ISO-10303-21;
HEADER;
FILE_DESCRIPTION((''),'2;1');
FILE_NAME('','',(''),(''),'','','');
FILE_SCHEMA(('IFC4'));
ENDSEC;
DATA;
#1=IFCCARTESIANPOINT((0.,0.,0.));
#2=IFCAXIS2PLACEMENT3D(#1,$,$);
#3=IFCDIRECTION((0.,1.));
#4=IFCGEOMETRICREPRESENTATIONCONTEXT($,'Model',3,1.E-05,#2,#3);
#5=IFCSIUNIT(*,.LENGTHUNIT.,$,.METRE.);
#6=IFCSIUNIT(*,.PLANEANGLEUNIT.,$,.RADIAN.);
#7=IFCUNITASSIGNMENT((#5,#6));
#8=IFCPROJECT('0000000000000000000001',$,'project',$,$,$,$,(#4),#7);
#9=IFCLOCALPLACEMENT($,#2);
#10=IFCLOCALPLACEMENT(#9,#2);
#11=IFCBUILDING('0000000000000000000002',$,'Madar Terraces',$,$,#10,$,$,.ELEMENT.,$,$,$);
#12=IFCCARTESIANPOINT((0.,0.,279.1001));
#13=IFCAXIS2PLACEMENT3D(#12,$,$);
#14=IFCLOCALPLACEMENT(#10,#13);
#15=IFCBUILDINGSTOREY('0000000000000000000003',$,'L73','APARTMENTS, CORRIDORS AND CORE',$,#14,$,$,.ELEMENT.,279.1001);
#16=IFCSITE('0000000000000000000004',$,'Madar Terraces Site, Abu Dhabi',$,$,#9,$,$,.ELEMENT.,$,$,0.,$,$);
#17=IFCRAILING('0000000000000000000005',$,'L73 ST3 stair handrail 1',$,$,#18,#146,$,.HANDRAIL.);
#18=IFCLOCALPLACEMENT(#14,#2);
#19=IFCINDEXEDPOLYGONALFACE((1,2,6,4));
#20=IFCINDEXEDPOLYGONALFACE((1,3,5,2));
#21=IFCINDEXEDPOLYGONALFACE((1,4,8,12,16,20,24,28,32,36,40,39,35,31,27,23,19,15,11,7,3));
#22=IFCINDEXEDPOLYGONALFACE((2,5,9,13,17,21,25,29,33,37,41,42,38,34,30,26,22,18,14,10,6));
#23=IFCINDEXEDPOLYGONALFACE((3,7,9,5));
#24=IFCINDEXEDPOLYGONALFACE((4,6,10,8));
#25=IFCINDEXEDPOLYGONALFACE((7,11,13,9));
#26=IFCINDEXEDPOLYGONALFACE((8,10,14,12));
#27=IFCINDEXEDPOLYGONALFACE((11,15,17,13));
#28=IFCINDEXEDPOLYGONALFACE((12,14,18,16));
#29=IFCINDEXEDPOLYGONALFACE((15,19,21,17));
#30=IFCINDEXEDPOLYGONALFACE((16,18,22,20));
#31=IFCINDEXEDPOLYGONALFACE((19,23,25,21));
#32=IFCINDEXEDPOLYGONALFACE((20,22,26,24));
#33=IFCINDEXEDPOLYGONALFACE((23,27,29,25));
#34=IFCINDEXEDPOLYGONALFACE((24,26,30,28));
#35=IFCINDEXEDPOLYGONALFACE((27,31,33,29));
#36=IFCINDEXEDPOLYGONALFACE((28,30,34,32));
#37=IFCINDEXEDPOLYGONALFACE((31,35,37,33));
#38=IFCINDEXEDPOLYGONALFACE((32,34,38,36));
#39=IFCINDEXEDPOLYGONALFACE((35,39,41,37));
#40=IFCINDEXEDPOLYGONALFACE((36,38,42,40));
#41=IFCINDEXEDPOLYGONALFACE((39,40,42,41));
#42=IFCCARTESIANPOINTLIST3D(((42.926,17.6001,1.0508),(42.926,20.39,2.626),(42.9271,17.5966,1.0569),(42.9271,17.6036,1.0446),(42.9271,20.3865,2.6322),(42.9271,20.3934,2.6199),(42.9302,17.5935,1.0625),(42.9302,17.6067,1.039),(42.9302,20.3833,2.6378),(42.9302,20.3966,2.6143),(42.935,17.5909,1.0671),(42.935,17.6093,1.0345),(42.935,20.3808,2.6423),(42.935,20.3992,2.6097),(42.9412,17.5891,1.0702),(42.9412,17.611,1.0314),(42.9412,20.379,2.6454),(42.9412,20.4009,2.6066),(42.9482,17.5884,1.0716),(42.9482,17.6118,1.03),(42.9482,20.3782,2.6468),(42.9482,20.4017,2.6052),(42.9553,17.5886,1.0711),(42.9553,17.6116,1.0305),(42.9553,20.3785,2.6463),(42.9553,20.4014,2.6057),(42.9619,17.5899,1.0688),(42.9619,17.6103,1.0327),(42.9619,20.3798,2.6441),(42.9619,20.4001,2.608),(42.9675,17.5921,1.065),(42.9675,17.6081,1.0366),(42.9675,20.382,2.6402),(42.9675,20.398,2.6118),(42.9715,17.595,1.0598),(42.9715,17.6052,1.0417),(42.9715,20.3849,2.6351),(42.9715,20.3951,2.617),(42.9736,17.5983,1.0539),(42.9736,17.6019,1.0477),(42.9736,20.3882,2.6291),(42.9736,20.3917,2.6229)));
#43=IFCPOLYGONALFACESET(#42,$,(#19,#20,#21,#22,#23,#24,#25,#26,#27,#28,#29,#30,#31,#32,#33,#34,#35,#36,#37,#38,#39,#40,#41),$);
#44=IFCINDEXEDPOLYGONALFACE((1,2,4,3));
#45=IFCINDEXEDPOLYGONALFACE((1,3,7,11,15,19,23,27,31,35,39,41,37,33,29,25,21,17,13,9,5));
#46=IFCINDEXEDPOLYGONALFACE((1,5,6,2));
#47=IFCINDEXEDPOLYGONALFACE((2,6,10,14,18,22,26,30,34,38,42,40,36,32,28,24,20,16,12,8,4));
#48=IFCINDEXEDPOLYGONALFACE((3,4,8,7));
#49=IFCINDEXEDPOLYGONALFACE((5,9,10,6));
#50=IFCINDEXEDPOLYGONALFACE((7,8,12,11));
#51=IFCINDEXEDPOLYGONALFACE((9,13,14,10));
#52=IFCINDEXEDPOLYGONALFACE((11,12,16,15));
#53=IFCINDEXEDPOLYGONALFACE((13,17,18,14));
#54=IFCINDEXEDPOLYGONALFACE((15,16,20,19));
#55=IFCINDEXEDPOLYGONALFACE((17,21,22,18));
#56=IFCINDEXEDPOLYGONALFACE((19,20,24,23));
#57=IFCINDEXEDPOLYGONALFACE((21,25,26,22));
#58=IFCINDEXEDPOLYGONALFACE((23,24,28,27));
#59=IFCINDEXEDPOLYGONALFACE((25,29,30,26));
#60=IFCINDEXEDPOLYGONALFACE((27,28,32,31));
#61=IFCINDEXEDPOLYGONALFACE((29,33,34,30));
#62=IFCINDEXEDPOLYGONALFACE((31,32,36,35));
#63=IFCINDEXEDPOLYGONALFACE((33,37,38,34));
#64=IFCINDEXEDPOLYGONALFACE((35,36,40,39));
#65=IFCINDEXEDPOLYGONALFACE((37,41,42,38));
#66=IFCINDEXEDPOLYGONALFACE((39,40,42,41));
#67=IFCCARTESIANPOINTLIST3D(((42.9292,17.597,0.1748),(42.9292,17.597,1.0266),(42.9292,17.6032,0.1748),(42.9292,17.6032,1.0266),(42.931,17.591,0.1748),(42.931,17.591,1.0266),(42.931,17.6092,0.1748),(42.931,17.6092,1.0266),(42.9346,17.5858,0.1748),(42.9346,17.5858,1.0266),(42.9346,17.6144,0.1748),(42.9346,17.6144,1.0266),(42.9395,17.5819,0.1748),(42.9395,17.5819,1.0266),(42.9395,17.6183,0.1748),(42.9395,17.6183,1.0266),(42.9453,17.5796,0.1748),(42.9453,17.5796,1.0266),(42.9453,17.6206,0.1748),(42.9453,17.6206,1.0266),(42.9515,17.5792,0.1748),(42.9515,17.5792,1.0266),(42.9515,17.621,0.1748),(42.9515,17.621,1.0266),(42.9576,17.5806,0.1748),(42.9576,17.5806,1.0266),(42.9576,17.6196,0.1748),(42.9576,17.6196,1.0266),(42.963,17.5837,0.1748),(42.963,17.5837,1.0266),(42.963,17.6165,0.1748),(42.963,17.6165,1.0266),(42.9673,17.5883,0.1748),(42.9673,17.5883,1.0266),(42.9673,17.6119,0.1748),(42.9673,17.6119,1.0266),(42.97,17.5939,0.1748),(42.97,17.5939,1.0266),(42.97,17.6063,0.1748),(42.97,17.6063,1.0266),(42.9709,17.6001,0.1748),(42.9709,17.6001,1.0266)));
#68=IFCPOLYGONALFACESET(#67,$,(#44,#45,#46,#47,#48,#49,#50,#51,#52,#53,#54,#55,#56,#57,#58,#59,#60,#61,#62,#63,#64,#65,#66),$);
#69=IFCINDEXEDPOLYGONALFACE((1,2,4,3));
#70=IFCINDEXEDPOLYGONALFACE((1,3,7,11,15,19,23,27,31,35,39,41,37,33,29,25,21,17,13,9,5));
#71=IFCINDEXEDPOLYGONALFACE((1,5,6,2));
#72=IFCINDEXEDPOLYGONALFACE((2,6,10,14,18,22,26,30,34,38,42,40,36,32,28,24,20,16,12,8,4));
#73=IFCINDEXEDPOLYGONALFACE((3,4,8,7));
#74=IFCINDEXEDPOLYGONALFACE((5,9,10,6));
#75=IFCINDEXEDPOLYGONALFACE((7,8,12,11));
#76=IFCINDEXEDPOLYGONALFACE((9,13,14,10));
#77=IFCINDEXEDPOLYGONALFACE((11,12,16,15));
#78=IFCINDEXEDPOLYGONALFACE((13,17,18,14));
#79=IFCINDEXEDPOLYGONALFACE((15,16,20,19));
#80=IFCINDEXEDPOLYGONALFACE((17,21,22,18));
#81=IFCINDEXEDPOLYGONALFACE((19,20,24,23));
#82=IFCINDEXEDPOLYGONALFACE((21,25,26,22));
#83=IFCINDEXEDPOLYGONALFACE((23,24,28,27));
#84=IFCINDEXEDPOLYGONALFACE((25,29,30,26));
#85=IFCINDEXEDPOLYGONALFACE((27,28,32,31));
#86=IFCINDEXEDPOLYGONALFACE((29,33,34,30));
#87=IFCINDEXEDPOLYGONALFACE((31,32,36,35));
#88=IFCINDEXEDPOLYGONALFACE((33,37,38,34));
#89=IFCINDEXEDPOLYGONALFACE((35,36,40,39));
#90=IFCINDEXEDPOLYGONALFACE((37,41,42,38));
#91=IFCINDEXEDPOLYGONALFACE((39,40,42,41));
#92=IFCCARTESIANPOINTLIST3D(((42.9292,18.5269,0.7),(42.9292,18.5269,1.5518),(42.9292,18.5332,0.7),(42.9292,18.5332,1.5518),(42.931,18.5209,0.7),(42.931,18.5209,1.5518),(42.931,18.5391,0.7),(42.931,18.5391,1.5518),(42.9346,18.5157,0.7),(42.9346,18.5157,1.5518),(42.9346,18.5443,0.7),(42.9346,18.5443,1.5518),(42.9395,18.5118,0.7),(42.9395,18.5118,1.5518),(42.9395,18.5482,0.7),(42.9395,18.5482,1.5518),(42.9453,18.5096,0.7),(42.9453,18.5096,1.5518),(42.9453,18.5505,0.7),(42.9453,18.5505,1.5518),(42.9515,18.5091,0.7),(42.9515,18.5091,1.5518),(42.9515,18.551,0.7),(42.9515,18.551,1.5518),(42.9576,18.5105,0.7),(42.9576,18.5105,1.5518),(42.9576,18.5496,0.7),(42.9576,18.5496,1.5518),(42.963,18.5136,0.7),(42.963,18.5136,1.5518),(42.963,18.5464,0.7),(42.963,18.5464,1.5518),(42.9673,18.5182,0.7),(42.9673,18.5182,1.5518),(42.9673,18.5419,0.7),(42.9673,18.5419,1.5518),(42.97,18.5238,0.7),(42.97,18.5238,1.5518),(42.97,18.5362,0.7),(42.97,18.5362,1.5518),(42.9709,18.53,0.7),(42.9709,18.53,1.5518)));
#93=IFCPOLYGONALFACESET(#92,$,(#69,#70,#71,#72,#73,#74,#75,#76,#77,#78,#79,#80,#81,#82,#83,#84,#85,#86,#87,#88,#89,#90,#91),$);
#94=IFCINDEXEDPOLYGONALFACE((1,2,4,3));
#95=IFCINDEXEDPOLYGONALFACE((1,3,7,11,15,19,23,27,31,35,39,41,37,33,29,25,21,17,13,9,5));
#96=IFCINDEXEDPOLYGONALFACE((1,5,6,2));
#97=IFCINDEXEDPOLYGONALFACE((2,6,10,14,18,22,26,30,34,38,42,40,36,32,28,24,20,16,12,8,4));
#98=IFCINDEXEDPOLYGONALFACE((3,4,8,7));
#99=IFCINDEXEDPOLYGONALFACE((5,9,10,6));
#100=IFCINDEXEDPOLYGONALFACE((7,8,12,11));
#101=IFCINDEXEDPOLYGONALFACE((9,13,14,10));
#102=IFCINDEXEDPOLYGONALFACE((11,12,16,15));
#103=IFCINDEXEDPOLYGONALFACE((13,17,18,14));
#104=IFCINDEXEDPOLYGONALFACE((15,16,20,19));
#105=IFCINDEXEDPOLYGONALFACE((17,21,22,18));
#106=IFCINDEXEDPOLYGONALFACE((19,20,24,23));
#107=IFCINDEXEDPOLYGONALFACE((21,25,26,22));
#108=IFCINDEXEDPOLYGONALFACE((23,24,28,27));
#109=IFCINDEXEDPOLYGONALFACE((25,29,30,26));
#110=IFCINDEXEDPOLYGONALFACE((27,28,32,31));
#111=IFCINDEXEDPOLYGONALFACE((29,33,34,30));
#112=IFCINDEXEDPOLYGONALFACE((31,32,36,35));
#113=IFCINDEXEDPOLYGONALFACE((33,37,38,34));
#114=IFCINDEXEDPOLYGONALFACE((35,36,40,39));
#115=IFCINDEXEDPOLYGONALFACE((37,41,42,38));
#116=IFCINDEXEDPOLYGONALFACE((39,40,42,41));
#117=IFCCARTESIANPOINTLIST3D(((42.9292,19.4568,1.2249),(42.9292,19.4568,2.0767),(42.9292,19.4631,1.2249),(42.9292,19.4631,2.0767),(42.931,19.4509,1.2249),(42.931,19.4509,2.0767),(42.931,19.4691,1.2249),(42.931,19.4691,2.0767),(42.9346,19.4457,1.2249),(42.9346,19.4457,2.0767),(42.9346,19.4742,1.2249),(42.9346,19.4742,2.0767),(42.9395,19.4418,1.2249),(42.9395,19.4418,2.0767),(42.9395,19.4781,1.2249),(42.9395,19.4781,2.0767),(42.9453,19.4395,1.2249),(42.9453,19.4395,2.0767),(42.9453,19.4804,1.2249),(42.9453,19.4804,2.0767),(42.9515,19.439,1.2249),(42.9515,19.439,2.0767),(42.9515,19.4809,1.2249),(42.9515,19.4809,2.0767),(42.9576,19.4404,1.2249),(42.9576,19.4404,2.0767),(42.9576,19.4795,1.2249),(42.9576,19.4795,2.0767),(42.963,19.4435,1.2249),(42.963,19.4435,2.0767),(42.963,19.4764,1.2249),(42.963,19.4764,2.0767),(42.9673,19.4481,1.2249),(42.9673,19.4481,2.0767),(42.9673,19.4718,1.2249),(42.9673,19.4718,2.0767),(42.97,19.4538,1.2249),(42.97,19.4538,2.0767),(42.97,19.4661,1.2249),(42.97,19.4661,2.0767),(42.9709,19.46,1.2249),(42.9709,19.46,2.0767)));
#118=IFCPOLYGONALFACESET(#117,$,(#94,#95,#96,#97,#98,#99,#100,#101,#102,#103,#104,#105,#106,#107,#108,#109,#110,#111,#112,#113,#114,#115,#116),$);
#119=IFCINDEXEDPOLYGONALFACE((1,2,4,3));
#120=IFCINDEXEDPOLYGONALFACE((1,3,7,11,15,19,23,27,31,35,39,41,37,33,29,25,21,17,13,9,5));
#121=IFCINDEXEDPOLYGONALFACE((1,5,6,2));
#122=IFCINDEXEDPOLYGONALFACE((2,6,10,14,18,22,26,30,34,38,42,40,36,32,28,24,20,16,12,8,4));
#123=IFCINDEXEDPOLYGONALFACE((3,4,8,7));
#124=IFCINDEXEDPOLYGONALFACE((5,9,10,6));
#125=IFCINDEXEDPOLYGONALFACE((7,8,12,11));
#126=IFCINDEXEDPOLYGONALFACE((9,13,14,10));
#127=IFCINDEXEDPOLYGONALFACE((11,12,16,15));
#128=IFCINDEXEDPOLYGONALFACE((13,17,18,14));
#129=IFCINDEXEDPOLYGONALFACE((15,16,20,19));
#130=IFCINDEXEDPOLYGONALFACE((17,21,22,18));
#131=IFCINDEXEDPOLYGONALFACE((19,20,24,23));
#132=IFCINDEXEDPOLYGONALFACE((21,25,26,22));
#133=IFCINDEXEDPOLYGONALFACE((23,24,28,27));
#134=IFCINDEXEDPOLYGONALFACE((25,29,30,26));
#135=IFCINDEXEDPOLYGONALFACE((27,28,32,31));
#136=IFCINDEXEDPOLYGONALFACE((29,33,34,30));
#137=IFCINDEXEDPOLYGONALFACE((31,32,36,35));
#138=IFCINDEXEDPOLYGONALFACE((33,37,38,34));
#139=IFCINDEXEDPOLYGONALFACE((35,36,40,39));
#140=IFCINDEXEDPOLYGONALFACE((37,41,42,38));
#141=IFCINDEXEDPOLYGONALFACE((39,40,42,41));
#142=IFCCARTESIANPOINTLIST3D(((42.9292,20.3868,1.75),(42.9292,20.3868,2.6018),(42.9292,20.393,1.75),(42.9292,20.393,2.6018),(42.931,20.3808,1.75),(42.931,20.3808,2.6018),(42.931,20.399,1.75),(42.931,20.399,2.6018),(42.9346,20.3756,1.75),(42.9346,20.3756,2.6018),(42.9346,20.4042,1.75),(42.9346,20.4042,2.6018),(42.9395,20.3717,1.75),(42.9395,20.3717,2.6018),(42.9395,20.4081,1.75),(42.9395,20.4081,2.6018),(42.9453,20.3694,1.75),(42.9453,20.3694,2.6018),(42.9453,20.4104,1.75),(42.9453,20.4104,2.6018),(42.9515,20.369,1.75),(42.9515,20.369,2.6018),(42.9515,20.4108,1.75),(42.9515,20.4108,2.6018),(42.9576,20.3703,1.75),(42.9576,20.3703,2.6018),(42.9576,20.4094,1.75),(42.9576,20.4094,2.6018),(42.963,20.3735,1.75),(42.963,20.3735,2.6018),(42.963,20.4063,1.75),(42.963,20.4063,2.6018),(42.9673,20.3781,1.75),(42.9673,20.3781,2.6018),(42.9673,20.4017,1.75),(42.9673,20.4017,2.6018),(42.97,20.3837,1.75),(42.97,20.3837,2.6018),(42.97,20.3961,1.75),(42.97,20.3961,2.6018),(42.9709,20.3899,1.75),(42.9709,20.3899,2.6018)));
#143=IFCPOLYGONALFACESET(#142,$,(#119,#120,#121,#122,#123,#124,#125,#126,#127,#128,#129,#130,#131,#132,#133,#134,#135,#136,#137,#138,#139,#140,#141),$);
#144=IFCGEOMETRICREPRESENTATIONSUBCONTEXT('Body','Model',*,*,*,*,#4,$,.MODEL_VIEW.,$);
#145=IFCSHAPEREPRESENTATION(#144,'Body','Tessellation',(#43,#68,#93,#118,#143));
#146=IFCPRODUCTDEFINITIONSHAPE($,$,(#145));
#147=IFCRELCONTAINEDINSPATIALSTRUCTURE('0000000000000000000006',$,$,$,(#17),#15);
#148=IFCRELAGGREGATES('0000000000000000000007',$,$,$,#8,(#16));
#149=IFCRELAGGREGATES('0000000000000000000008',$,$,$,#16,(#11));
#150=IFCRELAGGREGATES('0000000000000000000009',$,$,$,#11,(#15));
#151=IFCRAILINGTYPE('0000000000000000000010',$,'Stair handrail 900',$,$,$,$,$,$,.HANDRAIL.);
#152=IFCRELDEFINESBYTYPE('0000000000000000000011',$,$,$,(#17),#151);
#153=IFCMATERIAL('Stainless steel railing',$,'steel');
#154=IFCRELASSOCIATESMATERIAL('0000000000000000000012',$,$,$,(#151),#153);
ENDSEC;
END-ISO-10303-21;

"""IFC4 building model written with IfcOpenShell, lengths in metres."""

from ifc_helpers import new_model, si_unit, direction, frame, origin, origin_2d, place, context, subcontext, project, spatial, circle, extrude, material, type_object, element, save


model = new_model("IFC4")

# Units and contexts
model_context = context("Model", 3, precision=1e-05, world=origin(), true_north=direction((0.0, 1.0)))
body_context = subcontext(model_context, "Body", "Model", "MODEL_VIEW")
ifc_project = project(units=[si_unit("LENGTHUNIT", "METRE"), si_unit("PLANEANGLEUNIT", "RADIAN")], contexts=[model_context])

# Site, building, storey
site_placement = place(None, origin())
site = spatial("IfcSite", under=ifc_project, at=site_placement, Name="Madar Terraces Site, Abu Dhabi", CompositionType="ELEMENT", RefElevation=0.0)
building_placement = place(site_placement, origin())
building = spatial("IfcBuilding", under=site, at=building_placement, Name="Madar Terraces", CompositionType="ELEMENT")
storey_placement = place(building_placement, frame((0.0, 0.0, 279.1001)))
storey = spatial("IfcBuildingStorey", under=building, at=storey_placement, Name="L73", Description="APARTMENTS, CORRIDORS AND CORE", CompositionType="ELEMENT", Elevation=279.1001)

# Railing
ifc_material_1 = material(Name="Stainless steel railing", Category="steel")
railing_type_1 = type_object("IfcRailingType", Name="Stair handrail 900", PredefinedType="HANDRAIL", material=ifc_material_1)
railing_1_placement = place(storey_placement, frame((42.95, 17.6001, 0.1748)))
element("IfcRailing", 1, at=railing_1_placement, inside=storey, type_object=railing_type_1, Name="L73 ST3 stair handrail 1", PredefinedType="HANDRAIL", context=body_context, shape_type="SweptSolid", body=[
    extrude(circle(Radius=0.0239, at=origin_2d()), frame((0.0, 0.0, 0.876), z_axis=(0.0, 0.870783, 0.491668), x_axis=(-1.0, 0.0, 0.0)), (0.0, 0.0, 1.0), 3.2039),
    extrude(circle(Radius=0.021, at=origin_2d()), origin(), (0.0, 0.0, 1.0), 0.8518),
    extrude(circle(Radius=0.021, at=origin_2d()), frame((0.0, 0.9299, 0.5251)), (0.0, 0.0, 1.0), 0.8518),
    extrude(circle(Radius=0.021, at=origin_2d()), frame((0.0, 1.8599, 1.05)), (0.0, 0.0, 1.0), 0.8518),
    extrude(circle(Radius=0.021, at=origin_2d()), frame((0.0, 2.7898, 1.5752)), (0.0, 0.0, 1.0), 0.8518),
])

save(model, "model.ifc")
